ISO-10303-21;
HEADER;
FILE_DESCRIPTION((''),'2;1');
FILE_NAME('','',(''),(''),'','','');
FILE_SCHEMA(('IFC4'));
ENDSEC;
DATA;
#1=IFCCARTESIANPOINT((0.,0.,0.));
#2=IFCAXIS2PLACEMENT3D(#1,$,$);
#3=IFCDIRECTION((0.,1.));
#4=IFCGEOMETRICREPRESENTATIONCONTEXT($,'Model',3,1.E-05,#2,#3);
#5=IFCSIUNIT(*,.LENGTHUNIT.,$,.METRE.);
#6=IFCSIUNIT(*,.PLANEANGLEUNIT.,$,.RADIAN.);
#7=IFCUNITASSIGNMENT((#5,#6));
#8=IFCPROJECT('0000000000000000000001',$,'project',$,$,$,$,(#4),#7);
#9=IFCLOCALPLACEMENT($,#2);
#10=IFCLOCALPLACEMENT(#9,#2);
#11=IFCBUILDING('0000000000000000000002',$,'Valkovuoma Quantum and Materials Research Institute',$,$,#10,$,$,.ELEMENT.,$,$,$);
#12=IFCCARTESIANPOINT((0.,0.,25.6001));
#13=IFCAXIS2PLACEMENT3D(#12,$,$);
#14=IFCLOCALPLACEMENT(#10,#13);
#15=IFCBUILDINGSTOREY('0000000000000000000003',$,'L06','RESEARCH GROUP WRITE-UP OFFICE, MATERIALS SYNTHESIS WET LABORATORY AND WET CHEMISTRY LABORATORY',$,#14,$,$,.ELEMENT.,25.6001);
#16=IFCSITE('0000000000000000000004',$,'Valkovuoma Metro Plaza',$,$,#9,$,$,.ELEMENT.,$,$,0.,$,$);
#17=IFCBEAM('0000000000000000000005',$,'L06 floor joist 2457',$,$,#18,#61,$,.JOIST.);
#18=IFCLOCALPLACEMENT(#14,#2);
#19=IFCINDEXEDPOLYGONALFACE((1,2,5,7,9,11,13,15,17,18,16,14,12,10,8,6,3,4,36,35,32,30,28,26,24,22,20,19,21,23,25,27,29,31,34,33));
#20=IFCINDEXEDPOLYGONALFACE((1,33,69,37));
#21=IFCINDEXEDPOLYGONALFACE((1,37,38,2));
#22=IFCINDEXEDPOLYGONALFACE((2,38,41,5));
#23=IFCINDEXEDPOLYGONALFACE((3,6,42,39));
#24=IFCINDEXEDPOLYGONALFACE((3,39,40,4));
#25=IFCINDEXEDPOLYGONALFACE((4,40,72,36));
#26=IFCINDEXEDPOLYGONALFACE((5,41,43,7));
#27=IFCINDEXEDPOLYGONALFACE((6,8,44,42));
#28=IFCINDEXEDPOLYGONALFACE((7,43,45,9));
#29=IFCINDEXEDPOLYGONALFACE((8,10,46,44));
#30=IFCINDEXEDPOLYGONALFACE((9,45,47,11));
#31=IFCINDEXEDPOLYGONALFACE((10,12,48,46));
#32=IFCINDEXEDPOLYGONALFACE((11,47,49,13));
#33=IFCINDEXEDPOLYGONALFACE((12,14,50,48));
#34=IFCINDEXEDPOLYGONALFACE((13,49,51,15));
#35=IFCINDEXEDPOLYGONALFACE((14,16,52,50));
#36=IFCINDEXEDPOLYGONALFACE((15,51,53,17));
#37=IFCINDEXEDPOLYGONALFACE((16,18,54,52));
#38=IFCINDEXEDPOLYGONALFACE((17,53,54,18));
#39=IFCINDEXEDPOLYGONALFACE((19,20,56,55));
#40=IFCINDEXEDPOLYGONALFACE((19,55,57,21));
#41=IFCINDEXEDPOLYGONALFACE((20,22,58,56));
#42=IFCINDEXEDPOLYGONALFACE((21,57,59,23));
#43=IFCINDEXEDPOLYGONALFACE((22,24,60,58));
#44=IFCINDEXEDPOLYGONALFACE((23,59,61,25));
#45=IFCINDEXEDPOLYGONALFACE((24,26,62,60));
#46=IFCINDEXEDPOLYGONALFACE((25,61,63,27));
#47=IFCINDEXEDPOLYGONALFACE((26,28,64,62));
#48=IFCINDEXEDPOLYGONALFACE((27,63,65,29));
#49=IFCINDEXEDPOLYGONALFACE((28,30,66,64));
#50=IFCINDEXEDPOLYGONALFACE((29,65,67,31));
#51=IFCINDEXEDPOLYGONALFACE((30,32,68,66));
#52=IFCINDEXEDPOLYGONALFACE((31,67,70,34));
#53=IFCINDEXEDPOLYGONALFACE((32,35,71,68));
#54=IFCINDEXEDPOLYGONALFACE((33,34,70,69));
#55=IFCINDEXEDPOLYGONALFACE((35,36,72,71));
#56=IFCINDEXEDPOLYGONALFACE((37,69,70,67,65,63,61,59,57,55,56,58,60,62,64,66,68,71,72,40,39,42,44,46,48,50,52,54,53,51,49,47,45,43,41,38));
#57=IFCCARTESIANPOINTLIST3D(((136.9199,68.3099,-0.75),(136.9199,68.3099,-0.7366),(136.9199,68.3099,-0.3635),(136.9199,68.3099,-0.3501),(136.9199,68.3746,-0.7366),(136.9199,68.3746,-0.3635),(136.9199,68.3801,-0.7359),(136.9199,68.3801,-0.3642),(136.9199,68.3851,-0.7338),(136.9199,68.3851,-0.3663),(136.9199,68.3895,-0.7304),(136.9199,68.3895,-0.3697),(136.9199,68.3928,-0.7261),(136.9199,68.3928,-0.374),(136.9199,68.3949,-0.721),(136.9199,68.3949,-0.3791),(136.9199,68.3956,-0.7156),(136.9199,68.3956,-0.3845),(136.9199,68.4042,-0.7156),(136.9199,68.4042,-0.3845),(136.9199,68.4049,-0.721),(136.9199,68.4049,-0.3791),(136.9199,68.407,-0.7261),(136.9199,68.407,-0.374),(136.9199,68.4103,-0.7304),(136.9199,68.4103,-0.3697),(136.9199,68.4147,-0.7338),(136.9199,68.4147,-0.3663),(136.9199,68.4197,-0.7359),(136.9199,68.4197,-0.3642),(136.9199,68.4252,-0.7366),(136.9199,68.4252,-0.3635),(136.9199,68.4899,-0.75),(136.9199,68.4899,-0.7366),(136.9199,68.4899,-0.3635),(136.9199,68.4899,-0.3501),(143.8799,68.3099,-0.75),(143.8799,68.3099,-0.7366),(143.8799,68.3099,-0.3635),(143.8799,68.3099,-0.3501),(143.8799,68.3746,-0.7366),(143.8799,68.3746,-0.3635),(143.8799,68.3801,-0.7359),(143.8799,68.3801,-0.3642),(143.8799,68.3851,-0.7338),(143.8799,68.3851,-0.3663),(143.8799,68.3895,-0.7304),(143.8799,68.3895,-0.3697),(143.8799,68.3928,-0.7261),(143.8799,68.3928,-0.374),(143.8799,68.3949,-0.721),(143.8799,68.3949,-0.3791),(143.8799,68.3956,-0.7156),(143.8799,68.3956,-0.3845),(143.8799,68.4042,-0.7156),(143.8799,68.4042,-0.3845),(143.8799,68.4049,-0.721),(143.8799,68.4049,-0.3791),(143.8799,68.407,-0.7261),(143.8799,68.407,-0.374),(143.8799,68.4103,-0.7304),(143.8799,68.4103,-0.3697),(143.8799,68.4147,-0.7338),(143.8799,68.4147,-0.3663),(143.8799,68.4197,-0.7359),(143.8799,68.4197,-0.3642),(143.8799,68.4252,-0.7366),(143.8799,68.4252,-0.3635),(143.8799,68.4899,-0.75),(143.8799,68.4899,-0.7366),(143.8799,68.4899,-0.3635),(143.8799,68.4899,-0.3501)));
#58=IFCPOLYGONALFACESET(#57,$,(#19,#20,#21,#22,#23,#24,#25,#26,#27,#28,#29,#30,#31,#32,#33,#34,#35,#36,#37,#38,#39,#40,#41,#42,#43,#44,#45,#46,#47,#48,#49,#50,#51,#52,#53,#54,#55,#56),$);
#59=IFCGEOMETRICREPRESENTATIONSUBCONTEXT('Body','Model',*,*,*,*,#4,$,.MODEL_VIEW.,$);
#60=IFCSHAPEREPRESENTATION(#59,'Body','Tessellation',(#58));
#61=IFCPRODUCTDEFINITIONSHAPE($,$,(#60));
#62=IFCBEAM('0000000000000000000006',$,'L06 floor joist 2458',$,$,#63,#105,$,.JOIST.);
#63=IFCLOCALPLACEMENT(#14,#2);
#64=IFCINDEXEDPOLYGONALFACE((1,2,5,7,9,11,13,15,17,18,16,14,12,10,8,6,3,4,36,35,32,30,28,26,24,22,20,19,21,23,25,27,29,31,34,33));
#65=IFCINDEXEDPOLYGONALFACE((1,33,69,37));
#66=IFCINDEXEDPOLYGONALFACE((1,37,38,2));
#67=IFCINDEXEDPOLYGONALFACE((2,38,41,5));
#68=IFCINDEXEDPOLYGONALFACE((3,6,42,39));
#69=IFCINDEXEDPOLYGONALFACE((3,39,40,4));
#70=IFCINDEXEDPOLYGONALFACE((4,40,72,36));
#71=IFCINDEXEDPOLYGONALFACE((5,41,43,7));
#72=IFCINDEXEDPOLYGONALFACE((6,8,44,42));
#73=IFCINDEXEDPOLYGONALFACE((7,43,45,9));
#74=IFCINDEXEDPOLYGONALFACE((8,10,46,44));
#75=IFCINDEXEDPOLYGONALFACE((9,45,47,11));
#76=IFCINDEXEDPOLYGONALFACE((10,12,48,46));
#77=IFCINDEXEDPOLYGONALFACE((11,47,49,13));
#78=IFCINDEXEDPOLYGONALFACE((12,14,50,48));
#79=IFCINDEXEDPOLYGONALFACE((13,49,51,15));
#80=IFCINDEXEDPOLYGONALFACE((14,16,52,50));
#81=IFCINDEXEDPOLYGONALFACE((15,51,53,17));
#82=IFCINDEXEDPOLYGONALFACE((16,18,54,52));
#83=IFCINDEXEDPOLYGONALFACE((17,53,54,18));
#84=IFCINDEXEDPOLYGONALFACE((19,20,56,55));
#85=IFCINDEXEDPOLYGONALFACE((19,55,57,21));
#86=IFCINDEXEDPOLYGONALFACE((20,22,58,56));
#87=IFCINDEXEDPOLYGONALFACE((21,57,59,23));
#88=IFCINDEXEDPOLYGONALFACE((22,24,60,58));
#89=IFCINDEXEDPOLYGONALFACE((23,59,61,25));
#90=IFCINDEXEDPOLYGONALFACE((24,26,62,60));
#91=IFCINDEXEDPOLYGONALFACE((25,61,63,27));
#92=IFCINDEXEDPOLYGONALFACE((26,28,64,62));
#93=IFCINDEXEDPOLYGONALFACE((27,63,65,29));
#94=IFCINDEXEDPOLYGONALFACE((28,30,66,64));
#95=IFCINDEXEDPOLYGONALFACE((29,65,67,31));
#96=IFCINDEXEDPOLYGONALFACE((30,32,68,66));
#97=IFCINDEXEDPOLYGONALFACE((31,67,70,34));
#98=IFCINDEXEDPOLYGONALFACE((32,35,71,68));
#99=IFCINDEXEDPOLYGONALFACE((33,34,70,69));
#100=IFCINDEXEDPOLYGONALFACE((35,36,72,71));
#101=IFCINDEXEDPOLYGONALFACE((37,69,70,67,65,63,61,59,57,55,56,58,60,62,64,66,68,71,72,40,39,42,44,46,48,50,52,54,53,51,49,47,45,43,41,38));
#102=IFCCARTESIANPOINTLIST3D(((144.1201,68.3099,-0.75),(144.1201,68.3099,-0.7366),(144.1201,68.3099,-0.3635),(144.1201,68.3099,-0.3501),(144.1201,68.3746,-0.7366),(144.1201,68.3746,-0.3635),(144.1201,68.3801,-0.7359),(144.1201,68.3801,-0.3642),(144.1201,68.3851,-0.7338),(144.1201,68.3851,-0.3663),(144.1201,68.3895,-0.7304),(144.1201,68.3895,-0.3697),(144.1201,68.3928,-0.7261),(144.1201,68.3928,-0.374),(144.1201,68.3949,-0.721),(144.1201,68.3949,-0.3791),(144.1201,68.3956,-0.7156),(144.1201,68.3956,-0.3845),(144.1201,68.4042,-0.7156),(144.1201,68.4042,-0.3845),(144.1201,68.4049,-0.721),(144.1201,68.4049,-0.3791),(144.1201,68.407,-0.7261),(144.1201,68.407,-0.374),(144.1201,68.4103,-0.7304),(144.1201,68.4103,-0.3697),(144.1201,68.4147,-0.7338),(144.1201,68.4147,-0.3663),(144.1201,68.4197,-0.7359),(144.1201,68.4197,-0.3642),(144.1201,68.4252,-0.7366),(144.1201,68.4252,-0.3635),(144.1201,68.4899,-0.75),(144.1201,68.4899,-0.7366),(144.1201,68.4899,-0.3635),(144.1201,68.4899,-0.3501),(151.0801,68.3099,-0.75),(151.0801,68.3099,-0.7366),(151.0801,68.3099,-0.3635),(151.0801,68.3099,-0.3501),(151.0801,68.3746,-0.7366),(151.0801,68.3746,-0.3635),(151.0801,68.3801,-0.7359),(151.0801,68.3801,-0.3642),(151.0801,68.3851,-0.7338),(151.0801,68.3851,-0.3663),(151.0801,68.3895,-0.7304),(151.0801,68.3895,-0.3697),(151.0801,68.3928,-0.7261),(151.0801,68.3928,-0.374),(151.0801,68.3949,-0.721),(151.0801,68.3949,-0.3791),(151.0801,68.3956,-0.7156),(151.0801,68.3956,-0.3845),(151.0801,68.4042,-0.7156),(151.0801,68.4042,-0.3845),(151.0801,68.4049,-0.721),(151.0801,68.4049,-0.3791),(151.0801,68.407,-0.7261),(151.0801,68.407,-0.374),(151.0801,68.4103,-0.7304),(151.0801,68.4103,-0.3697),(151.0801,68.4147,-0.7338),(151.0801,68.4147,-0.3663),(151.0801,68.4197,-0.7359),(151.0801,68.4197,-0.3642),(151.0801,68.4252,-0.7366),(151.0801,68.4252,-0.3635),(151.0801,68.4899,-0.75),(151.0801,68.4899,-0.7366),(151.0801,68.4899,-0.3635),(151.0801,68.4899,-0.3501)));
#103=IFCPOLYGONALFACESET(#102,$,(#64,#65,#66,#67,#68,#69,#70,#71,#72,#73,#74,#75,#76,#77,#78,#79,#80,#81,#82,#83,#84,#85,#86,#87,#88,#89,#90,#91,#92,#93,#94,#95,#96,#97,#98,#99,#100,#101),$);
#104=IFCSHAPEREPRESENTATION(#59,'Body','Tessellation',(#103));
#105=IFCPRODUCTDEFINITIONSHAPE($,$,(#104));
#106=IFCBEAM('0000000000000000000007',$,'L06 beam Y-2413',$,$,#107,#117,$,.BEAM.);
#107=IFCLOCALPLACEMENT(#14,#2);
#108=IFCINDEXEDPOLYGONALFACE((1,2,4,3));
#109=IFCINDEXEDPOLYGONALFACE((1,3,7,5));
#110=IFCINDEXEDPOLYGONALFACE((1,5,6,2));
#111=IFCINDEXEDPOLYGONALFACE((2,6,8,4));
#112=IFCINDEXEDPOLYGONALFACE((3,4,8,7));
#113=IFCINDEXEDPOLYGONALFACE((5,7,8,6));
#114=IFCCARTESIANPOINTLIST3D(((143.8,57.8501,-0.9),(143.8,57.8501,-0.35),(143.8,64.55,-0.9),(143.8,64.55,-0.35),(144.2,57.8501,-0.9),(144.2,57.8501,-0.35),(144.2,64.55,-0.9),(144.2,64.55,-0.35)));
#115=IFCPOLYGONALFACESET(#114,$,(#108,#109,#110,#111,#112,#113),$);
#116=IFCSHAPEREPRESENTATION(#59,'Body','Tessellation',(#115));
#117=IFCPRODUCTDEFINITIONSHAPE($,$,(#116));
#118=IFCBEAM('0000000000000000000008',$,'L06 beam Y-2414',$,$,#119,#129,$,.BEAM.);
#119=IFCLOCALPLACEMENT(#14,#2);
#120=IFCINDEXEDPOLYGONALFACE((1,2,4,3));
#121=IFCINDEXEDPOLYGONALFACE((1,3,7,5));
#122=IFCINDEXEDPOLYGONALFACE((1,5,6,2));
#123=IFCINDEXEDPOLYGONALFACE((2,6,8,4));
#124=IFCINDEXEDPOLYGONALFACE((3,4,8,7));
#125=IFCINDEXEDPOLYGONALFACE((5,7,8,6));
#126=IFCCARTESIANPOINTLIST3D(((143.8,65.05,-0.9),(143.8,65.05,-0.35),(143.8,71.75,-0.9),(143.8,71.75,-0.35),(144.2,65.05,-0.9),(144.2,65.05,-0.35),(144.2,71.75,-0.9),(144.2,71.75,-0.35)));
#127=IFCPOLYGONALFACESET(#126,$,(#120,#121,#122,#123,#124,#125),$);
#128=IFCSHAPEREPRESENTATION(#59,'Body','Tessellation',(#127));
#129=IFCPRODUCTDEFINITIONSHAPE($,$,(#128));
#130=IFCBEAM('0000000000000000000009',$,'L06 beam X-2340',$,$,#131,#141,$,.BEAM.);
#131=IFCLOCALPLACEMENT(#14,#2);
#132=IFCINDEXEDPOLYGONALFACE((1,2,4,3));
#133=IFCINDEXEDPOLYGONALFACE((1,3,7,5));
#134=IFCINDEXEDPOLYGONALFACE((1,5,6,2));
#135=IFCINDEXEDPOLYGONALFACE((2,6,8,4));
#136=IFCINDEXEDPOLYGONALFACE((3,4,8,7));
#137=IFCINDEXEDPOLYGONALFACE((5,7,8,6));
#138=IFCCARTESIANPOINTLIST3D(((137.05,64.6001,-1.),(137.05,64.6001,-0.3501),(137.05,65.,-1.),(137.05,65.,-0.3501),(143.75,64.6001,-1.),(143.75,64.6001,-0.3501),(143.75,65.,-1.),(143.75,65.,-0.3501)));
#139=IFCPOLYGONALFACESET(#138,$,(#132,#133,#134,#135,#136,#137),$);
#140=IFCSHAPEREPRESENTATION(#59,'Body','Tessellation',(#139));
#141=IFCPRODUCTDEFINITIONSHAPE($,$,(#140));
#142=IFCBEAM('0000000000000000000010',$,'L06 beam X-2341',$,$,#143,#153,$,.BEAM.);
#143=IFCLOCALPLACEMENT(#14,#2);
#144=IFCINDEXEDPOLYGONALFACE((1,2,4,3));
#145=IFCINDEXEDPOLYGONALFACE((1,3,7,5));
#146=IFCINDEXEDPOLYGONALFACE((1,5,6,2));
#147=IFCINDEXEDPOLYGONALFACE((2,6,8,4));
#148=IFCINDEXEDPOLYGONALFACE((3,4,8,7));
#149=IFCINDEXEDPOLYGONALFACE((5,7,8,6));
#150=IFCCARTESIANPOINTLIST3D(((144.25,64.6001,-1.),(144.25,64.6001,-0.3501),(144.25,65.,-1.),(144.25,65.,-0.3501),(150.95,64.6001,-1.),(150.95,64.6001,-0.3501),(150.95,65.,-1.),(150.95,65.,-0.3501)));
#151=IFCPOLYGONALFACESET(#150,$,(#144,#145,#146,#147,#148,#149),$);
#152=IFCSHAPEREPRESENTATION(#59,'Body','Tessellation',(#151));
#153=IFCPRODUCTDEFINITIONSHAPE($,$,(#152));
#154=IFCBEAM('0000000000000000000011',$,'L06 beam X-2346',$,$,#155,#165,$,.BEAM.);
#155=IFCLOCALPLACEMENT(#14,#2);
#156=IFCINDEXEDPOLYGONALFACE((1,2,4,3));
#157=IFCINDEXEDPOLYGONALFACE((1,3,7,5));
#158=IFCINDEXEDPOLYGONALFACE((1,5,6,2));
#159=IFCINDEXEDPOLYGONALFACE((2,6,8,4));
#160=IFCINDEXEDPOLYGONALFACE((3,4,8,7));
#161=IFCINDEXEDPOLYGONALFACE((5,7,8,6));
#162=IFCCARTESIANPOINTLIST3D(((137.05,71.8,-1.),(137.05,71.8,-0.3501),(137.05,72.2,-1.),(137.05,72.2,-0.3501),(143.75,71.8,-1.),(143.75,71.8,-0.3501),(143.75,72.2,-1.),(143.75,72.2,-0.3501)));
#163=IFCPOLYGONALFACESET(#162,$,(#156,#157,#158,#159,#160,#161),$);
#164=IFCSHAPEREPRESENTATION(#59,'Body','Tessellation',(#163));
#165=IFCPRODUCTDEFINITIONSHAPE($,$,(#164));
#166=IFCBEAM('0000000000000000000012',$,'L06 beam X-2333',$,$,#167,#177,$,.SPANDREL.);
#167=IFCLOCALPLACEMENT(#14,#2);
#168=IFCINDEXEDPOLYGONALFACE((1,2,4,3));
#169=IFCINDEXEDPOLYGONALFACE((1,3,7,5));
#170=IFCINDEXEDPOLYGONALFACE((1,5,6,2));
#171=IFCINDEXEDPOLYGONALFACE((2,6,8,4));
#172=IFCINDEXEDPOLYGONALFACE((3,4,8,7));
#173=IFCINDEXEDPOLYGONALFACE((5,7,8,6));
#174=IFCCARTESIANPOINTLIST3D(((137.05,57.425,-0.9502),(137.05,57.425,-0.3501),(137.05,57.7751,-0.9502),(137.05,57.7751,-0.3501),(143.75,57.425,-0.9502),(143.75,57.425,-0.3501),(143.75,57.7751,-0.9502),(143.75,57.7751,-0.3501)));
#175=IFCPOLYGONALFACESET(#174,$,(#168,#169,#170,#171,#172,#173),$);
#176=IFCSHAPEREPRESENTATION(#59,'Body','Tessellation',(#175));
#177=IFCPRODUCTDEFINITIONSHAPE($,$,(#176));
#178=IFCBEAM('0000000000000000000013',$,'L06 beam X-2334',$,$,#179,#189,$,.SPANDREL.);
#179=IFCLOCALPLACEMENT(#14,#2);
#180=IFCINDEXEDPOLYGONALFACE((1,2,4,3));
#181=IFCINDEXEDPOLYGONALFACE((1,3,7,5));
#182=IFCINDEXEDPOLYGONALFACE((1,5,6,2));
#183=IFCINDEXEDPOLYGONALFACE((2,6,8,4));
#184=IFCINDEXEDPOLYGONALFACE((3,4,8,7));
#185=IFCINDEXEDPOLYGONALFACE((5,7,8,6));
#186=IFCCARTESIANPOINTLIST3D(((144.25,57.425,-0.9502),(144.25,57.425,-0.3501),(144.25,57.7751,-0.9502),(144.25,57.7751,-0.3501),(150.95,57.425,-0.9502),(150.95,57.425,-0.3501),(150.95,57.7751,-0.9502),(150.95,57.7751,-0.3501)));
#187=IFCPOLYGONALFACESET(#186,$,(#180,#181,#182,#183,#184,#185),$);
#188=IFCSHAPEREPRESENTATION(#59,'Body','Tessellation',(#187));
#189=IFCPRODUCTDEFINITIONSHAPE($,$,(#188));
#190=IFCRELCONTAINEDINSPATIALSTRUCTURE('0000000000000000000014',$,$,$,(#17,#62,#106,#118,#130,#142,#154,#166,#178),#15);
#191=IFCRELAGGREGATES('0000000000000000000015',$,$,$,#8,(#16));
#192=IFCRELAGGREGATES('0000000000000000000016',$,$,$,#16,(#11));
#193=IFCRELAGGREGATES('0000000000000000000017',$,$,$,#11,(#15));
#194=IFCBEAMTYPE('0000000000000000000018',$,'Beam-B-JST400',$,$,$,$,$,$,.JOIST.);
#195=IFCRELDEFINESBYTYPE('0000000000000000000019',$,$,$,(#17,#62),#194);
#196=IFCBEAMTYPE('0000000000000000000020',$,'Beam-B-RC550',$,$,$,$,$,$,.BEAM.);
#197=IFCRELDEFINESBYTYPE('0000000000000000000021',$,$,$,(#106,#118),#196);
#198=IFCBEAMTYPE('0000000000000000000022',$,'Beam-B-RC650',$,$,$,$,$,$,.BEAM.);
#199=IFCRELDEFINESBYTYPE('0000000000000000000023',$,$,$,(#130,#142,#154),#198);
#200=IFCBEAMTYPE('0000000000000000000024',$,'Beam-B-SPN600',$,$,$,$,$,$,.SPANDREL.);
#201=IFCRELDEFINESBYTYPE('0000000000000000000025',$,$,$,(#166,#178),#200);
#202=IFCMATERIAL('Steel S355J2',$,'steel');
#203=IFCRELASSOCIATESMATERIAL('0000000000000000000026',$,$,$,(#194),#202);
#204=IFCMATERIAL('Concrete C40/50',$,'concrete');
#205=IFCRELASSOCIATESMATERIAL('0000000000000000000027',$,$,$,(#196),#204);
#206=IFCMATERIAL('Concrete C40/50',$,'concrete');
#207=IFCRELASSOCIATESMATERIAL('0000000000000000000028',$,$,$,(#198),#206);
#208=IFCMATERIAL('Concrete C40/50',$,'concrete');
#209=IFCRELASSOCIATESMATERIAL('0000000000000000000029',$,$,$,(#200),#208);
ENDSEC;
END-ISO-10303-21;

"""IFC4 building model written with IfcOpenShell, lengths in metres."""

from ifc_helpers import new_model, si_unit, direction, frame, origin, origin_2d, place, context, subcontext, project, spatial, rectangle, i_section, extrude, material, material_profile, profile_set, type_object, element, save


model = new_model("IFC4")

# Units and contexts
model_context = context("Model", 3, precision=1e-05, world=origin(), true_north=direction((0.0, 1.0)))
body_context = subcontext(model_context, "Body", "Model", "MODEL_VIEW")
ifc_project = project(units=[si_unit("LENGTHUNIT", "METRE"), si_unit("PLANEANGLEUNIT", "RADIAN")], contexts=[model_context])

# Site, building, storey
site_placement = place(None, origin())
site = spatial("IfcSite", under=ifc_project, at=site_placement, Name="Valkovuoma Metro Plaza", CompositionType="ELEMENT", RefElevation=0.0)
building_placement = place(site_placement, origin())
building = spatial("IfcBuilding", under=site, at=building_placement, Name="Valkovuoma Quantum and Materials Research Institute", CompositionType="ELEMENT")
storey_placement = place(building_placement, frame((0.0, 0.0, 25.6001)))
storey = spatial("IfcBuildingStorey", under=building, at=storey_placement, Name="L06", Description="RESEARCH GROUP WRITE-UP OFFICE, MATERIALS SYNTHESIS WET LABORATORY AND WET CHEMISTRY LABORATORY", CompositionType="ELEMENT", Elevation=25.6001)

# Beams
ifc_material_1 = material(Name="Steel S355J2", Category="steel")
ifc_material_profile_1 = material_profile(ifc_material_1, i_section(OverallWidth=0.1799, OverallDepth=0.3999, WebThickness=0.0085, FlangeThickness=0.0134, FilletRadius=0.021, at=origin_2d()), Name="Steel S355J2")
ifc_profile_set_1 = profile_set([ifc_material_profile_1], Name="Steel S355J2")
beam_type_1 = type_object("IfcBeamType", Name="Beam-B-JST400", PredefinedType="JOIST", material=ifc_profile_set_1)
for number, where, z_axis, x_axis, name in (
    (1, (136.9199, 68.3999, -0.55), (1.0, 0.0, 0.0), (0.0, 1.0, 0.0), "L06 floor joist 2457"),
    (2, (144.1201, 68.3999, -0.55), (1.0, 0.0, 0.0), (0.0, 1.0, 0.0), "L06 floor joist 2458"),
):
    element("IfcBeam", number, at=place(storey_placement, frame(where, z_axis=z_axis, x_axis=x_axis)), inside=storey, type_object=beam_type_1, Name=name, PredefinedType="JOIST", context=body_context, shape_type="SweptSolid", body=[
        extrude(i_section(OverallWidth=0.1799, OverallDepth=0.3999, WebThickness=0.0085, FlangeThickness=0.0134, FilletRadius=0.021, at=origin_2d()), origin(), (0.0, 0.0, 1.0), 6.96),
    ])
ifc_material_2 = material(Name="Concrete C40/50", Category="concrete")
ifc_material_profile_2 = material_profile(ifc_material_2, rectangle(XDim=0.3999, YDim=0.55, at=origin_2d()), Name="Concrete C40/50")
ifc_profile_set_2 = profile_set([ifc_material_profile_2], Name="Concrete C40/50")
beam_type_2 = type_object("IfcBeamType", Name="Beam-B-RC550", PredefinedType="BEAM", material=ifc_profile_set_2)
for number, where, z_axis, x_axis, name in (
    (3, (144.0, 57.8501, -0.625), (0.0, 1.0, 0.0), (-1.0, 0.0, 0.0), "L06 beam Y-2413"),
    (4, (144.0, 65.05, -0.625), (0.0, 1.0, 0.0), (-1.0, 0.0, 0.0), "L06 beam Y-2414"),
):
    element("IfcBeam", number, at=place(storey_placement, frame(where, z_axis=z_axis, x_axis=x_axis)), inside=storey, type_object=beam_type_2, Name=name, PredefinedType="BEAM", context=body_context, shape_type="SweptSolid", body=[
        extrude(rectangle(XDim=0.3999, YDim=0.55, at=origin_2d()), origin(), (0.0, 0.0, 1.0), 6.7),
    ])
ifc_material_3 = material(Name="Concrete C40/50", Category="concrete")
ifc_material_profile_3 = material_profile(ifc_material_3, rectangle(XDim=0.3999, YDim=0.6499, at=origin_2d()), Name="Concrete C40/50")
ifc_profile_set_3 = profile_set([ifc_material_profile_3], Name="Concrete C40/50")
beam_type_3 = type_object("IfcBeamType", Name="Beam-B-RC650", PredefinedType="BEAM", material=ifc_profile_set_3)
for number, where, z_axis, x_axis, name in (
    (5, (137.05, 64.8, -0.675), (1.0, 0.0, 0.0), (0.0, 1.0, 0.0), "L06 beam X-2340"),
    (6, (144.25, 64.8, -0.675), (1.0, 0.0, 0.0), (0.0, 1.0, 0.0), "L06 beam X-2341"),
    (7, (137.05, 72.0, -0.675), (1.0, 0.0, 0.0), (0.0, 1.0, 0.0), "L06 beam X-2346"),
):
    element("IfcBeam", number, at=place(storey_placement, frame(where, z_axis=z_axis, x_axis=x_axis)), inside=storey, type_object=beam_type_3, Name=name, PredefinedType="BEAM", context=body_context, shape_type="SweptSolid", body=[
        extrude(rectangle(XDim=0.3999, YDim=0.6499, at=origin_2d()), origin(), (0.0, 0.0, 1.0), 6.7),
    ])
ifc_material_4 = material(Name="Concrete C40/50", Category="concrete")
ifc_material_profile_4 = material_profile(ifc_material_4, rectangle(XDim=0.3501, YDim=0.6001, at=origin_2d()), Name="Concrete C40/50")
ifc_profile_set_4 = profile_set([ifc_material_profile_4], Name="Concrete C40/50")
beam_type_4 = type_object("IfcBeamType", Name="Beam-B-SPN600", PredefinedType="SPANDREL", material=ifc_profile_set_4)
for number, where, z_axis, x_axis, name in (
    (8, (137.05, 57.6001, -0.6501), (1.0, 0.0, 0.0), (0.0, 1.0, 0.0), "L06 beam X-2333"),
    (9, (144.25, 57.6001, -0.6501), (1.0, 0.0, 0.0), (0.0, 1.0, 0.0), "L06 beam X-2334"),
):
    element("IfcBeam", number, at=place(storey_placement, frame(where, z_axis=z_axis, x_axis=x_axis)), inside=storey, type_object=beam_type_4, Name=name, PredefinedType="SPANDREL", context=body_context, shape_type="SweptSolid", body=[
        extrude(rectangle(XDim=0.3501, YDim=0.6001, at=origin_2d()), origin(), (0.0, 0.0, 1.0), 6.7),
    ])

save(model, "model.ifc")
